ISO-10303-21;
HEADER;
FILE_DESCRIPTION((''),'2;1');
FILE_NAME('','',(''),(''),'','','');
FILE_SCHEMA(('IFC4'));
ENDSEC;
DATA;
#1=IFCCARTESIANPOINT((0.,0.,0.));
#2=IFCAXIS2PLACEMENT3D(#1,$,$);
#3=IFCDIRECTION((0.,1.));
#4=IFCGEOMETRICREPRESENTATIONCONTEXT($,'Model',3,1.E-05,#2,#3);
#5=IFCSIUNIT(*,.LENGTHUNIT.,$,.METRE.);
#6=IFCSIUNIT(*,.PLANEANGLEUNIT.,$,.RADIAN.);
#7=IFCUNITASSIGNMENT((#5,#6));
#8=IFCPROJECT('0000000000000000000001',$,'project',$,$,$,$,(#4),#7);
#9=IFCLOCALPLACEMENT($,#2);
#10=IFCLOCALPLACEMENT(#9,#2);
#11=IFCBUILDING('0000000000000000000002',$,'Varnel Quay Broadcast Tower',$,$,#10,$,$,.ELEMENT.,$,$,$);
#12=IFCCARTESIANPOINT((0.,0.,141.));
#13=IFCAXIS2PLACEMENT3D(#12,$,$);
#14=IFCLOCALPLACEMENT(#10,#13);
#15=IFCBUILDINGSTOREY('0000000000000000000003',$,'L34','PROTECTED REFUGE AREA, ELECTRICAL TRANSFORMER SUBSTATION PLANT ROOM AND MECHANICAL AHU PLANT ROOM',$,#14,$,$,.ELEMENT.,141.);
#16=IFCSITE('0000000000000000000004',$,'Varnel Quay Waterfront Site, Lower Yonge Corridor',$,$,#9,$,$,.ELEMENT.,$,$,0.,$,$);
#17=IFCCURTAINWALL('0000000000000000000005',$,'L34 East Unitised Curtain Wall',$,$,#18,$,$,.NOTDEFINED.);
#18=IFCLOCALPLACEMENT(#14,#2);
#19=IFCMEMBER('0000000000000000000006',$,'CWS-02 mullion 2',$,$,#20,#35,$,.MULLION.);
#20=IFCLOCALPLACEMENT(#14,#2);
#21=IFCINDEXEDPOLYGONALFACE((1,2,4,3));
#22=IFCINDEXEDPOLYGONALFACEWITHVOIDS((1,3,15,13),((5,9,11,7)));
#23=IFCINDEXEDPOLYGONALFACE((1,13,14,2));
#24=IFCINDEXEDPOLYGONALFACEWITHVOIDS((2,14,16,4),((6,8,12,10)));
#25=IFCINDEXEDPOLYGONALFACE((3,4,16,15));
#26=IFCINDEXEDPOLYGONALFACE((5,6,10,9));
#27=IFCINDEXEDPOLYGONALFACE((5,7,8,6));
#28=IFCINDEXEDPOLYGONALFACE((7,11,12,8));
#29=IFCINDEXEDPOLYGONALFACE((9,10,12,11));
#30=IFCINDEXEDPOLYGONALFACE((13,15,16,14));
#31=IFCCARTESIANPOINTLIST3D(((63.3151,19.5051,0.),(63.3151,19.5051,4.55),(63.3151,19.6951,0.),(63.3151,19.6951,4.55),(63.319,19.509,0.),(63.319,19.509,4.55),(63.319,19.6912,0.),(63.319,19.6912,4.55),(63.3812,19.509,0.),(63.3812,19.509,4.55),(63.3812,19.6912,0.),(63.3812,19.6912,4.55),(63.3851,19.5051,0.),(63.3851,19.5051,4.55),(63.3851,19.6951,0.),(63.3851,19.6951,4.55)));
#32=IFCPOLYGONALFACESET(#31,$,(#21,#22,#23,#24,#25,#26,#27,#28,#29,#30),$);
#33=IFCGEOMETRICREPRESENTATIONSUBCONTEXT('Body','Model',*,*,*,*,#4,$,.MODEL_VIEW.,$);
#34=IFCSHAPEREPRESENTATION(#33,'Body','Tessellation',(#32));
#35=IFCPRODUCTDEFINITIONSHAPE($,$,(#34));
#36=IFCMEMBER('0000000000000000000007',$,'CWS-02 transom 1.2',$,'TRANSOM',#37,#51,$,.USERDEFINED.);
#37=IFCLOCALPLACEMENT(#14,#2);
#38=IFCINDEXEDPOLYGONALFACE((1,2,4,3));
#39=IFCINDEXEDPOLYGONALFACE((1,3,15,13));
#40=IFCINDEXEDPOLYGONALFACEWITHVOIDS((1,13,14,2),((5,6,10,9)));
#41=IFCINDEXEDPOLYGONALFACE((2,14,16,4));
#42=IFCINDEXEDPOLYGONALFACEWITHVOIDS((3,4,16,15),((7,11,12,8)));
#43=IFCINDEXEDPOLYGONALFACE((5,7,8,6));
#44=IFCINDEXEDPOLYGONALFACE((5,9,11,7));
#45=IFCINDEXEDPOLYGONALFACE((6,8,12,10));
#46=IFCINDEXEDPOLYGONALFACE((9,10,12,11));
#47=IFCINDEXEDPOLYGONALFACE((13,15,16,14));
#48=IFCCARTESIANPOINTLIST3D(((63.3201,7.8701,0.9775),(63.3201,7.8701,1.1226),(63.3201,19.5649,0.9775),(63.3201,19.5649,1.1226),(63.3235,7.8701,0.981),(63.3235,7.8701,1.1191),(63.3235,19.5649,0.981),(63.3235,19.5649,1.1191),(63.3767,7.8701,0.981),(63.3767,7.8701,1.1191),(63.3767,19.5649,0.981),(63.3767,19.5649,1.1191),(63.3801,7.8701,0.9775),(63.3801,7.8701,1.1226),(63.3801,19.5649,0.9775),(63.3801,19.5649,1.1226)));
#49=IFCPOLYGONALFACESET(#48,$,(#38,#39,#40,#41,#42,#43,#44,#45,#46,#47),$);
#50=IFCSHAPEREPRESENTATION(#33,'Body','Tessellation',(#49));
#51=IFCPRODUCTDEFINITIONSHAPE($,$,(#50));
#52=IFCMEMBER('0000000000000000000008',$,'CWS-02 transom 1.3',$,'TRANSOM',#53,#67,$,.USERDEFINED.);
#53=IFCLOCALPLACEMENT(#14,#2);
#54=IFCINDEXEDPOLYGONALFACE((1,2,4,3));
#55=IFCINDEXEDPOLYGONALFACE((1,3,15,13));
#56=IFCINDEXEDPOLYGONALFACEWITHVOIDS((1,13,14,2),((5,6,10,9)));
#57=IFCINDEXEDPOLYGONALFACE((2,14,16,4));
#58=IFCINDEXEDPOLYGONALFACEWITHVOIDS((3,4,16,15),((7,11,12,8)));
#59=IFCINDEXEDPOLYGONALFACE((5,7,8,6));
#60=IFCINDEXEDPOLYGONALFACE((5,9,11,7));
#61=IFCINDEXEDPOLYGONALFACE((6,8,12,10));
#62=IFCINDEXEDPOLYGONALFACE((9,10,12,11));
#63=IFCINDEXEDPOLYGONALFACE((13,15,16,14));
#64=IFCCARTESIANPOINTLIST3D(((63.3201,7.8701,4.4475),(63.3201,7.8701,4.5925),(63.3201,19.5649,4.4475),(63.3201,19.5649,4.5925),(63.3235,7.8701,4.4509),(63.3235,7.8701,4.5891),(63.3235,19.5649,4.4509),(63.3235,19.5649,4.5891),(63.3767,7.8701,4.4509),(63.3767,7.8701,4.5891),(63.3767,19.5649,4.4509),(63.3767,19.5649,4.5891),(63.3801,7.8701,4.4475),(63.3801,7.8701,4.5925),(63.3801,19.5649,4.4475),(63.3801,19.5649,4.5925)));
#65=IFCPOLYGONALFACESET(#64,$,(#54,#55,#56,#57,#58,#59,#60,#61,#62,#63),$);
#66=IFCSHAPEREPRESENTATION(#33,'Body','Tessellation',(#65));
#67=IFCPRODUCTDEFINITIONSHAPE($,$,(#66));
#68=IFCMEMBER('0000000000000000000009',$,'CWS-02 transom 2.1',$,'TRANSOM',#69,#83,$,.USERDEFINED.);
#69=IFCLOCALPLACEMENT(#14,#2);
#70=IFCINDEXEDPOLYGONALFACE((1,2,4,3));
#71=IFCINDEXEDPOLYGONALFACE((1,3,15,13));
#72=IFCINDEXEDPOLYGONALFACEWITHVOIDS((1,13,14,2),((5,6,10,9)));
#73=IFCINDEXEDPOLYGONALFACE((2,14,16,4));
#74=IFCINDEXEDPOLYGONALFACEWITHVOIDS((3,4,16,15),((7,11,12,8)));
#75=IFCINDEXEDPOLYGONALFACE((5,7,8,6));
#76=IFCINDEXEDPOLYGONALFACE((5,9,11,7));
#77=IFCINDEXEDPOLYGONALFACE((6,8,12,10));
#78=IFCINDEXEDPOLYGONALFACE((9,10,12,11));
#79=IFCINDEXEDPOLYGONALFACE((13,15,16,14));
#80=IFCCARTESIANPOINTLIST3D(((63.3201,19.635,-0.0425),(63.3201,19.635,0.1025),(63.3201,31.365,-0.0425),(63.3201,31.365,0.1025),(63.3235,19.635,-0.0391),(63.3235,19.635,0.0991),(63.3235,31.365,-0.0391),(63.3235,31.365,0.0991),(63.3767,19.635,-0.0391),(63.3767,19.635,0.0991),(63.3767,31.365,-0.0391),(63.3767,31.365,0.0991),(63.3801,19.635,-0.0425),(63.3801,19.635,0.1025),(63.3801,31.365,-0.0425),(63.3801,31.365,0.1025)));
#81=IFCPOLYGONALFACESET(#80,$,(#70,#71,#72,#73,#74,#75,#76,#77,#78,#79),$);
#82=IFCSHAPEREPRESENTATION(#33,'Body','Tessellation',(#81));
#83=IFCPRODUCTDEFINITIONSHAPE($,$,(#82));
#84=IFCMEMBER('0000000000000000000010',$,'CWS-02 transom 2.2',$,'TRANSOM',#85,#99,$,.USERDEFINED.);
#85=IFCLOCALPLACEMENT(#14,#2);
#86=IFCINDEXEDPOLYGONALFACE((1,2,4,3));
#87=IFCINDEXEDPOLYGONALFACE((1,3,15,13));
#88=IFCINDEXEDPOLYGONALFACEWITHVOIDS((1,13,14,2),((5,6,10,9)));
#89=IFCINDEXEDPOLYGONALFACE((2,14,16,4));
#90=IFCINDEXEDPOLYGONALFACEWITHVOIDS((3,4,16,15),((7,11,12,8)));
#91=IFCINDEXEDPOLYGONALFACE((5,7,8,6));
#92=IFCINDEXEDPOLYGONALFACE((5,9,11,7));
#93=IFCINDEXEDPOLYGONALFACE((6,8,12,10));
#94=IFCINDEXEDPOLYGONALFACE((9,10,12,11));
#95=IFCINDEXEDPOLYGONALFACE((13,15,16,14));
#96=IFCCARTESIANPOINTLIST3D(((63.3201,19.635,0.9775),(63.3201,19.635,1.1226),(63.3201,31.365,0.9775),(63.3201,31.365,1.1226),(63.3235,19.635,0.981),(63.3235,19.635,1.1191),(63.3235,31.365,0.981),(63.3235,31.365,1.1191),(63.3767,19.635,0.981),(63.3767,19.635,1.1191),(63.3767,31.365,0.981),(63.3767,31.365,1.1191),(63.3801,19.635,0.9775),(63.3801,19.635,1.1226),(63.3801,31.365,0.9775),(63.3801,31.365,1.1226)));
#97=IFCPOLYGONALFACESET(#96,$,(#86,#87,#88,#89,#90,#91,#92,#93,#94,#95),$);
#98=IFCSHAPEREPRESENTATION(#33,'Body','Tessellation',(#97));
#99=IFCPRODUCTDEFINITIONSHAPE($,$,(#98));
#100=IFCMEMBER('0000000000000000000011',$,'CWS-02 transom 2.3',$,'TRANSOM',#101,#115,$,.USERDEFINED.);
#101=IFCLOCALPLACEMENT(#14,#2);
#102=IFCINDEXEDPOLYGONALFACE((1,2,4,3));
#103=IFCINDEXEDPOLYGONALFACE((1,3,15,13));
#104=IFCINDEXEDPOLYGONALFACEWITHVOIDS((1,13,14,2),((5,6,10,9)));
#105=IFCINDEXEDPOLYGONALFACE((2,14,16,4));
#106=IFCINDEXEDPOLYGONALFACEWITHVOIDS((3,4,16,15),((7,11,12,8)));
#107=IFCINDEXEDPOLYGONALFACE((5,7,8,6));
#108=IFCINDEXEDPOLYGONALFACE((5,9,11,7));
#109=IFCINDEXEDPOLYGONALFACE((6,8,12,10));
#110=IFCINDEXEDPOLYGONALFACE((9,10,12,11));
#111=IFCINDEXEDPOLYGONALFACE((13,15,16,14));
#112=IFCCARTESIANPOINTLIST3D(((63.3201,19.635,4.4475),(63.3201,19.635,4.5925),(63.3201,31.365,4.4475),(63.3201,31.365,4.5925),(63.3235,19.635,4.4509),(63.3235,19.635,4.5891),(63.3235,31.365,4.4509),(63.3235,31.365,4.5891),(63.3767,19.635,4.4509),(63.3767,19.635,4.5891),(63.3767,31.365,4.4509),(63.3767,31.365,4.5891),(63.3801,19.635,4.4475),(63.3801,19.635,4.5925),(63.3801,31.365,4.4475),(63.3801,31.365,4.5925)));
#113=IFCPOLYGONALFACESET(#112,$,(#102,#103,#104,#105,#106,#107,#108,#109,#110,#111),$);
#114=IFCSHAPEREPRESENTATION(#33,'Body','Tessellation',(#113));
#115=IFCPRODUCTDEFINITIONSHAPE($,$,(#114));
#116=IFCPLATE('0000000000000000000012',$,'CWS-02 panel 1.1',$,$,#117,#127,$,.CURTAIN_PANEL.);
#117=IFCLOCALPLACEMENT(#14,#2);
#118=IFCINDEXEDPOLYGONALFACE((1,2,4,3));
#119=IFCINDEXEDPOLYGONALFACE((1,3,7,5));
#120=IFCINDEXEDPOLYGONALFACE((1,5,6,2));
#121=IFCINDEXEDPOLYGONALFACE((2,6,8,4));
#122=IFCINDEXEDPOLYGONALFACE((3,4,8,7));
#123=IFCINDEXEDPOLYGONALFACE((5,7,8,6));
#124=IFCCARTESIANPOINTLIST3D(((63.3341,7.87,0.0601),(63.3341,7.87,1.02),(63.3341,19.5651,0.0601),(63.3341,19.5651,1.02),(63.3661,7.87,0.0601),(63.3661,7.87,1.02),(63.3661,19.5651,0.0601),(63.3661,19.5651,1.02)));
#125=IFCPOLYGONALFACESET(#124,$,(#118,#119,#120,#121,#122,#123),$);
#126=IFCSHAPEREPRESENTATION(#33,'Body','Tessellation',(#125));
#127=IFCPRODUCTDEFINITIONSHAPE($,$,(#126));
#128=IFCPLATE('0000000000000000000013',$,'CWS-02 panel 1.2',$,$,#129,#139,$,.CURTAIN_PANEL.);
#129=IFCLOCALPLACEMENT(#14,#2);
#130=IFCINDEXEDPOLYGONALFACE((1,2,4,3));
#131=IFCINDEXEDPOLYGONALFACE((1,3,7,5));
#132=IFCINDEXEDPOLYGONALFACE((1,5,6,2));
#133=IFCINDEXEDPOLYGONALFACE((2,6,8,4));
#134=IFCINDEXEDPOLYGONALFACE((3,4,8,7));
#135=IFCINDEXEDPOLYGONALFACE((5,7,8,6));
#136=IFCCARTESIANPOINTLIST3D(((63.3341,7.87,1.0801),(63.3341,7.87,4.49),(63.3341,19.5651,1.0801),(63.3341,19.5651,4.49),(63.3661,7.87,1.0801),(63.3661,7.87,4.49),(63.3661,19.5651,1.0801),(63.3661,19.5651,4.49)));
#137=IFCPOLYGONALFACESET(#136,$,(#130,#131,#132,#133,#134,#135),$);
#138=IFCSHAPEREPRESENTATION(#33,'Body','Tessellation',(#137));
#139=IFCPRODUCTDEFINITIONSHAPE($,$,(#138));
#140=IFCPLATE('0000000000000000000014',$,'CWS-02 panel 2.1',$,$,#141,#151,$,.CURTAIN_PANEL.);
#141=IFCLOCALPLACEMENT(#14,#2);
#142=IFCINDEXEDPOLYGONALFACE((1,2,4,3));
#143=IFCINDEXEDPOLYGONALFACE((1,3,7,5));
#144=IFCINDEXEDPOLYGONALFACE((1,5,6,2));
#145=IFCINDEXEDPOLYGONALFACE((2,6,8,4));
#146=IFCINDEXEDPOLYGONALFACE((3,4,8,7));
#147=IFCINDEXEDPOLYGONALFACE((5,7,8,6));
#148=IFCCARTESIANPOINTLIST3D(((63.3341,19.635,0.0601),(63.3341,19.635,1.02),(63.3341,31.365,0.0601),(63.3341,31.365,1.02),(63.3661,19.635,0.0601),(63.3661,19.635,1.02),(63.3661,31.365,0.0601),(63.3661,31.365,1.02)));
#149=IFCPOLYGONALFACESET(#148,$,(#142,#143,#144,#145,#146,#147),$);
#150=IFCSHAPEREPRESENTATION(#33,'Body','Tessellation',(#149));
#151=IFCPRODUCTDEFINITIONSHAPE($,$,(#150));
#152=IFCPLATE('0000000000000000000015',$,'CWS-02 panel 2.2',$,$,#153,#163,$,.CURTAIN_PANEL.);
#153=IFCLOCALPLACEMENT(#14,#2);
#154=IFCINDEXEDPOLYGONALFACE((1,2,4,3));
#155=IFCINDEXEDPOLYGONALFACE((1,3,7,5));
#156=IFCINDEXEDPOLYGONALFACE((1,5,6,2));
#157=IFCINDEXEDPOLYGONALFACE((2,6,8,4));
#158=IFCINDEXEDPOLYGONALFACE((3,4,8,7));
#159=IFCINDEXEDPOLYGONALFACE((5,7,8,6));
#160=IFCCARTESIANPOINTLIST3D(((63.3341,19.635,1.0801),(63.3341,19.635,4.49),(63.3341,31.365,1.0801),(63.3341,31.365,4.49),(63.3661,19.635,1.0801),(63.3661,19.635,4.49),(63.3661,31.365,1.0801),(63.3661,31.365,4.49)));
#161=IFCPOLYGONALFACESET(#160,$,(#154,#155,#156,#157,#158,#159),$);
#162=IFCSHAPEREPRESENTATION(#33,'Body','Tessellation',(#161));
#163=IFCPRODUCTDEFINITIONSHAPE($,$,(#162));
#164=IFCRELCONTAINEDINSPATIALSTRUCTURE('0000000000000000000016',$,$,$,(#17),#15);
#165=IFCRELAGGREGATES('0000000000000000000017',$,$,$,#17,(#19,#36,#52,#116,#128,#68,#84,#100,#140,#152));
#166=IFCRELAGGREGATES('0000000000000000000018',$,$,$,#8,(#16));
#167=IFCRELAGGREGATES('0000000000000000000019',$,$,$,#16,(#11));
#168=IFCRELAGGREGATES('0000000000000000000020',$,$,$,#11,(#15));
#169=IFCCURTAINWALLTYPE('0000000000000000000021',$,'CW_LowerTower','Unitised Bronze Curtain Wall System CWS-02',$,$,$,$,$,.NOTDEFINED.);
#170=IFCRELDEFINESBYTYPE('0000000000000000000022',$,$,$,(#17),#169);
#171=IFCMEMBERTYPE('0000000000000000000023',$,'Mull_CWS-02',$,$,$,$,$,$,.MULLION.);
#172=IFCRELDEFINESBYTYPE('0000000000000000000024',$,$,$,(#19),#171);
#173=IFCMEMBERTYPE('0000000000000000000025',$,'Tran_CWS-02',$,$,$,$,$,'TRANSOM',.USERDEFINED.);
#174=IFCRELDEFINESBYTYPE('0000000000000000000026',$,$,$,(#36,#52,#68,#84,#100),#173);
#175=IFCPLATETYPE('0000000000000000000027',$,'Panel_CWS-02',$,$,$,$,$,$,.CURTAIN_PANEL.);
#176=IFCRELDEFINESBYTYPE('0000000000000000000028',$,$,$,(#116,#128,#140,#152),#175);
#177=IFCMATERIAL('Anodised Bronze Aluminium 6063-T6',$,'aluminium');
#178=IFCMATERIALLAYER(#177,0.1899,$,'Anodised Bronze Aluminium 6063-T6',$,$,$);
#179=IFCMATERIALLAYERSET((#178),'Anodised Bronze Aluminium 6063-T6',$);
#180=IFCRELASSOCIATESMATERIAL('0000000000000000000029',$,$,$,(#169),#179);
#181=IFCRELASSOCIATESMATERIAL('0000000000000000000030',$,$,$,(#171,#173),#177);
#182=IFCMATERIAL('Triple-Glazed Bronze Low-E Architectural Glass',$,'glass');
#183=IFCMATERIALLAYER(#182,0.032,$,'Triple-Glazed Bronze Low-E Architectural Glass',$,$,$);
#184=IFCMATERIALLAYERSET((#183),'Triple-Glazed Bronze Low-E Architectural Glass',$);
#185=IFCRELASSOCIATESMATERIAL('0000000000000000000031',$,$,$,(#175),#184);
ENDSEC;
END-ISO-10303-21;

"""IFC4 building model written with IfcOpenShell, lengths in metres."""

from ifc_helpers import new_model, si_unit, direction, frame, origin, origin_2d, place, context, subcontext, project, spatial, rectangle, hollow_rectangle, extrude, source, transform, mapped, material, layer, layer_set, material_profile, profile_set, type_object, type_shapes, element, aggregate, save


model = new_model("IFC4")

# Units and contexts
model_context = context("Model", 3, precision=1e-05, world=origin(), true_north=direction((0.0, 1.0)))
body_context = subcontext(model_context, "Body", "Model", "MODEL_VIEW")
ifc_project = project(units=[si_unit("LENGTHUNIT", "METRE"), si_unit("PLANEANGLEUNIT", "RADIAN")], contexts=[model_context])

# Site, building, storey
site_placement = place(None, origin())
site = spatial("IfcSite", under=ifc_project, at=site_placement, Name="Varnel Quay Waterfront Site, Lower Yonge Corridor", CompositionType="ELEMENT", RefElevation=0.0)
building_placement = place(site_placement, origin())
building = spatial("IfcBuilding", under=site, at=building_placement, Name="Varnel Quay Broadcast Tower", CompositionType="ELEMENT")
storey_placement = place(building_placement, frame((0.0, 0.0, 141.0)))
storey = spatial("IfcBuildingStorey", under=building, at=storey_placement, Name="L34", Description="PROTECTED REFUGE AREA, ELECTRICAL TRANSFORMER SUBSTATION PLANT ROOM AND MECHANICAL AHU PLANT ROOM", CompositionType="ELEMENT", Elevation=141.0)

# Curtain wall, members, plates
ifc_material_1 = material(Name="Anodised Bronze Aluminium 6063-T6", Category="aluminium")
ifc_layer_1 = layer(ifc_material_1, 0.1899, Name="Anodised Bronze Aluminium 6063-T6")
ifc_layer_set_1 = layer_set([ifc_layer_1], Name="Anodised Bronze Aluminium 6063-T6")
curtain_wall_type = type_object("IfcCurtainWallType", Name="CW_LowerTower", Description="Unitised Bronze Curtain Wall System CWS-02", PredefinedType="NOTDEFINED", material=ifc_layer_set_1)
curtain_wall_placement = place(storey_placement, origin())
curtain_wall = element("IfcCurtainWall", 1, at=curtain_wall_placement, inside=storey, type_object=curtain_wall_type, Name="L34 East Unitised Curtain Wall", PredefinedType="NOTDEFINED")
ifc_material_profile_1 = material_profile(ifc_material_1, hollow_rectangle(XDim=0.0701, YDim=0.1899, WallThickness=0.0039, at=origin_2d()), Name="ALU70X190X4")
ifc_profile_set_1 = profile_set([ifc_material_profile_1], Name="Anodised Bronze Aluminium 6063-T6")
member_type_1 = type_object("IfcMemberType", Name="Mull_CWS-02", PredefinedType="MULLION", material=ifc_profile_set_1)
shared_shape_1 = source(origin(), body_context, "Body", "SweptSolid", [
    extrude(hollow_rectangle(XDim=0.0701, YDim=0.1899, WallThickness=0.0039, at=origin_2d()), origin(), (0.0, 0.0, 1.0), 4.55),
])
type_shapes(member_type_1, [shared_shape_1])
member_1_placement = place(storey_placement, frame((63.3501, 19.6001, 0.0), z_axis=(0.0, 0.0, 1.0), x_axis=(-1.0, 0.0, 0.0)))
member_1 = element("IfcMember", 2, at=member_1_placement, type_object=member_type_1, Name="CWS-02 mullion 2", PredefinedType="MULLION", context=body_context, shape_type="MappedRepresentation", body=[
    mapped(shared_shape_1, transform((0.0, 0.0, 0.0), x_axis=(1.0, 0.0, 0.0), y_axis=(0.0, 1.0, 0.0), z_axis=(0.0, 0.0, 1.0), scale=1.0)),
])
ifc_material_profile_2 = material_profile(ifc_material_1, hollow_rectangle(XDim=0.0601, YDim=0.145, WallThickness=0.0034, at=origin_2d()), Name="ALU60X145X3.5")
ifc_profile_set_2 = profile_set([ifc_material_profile_2], Name="Anodised Bronze Aluminium 6063-T6")
member_type_2 = type_object("IfcMemberType", Name="Tran_CWS-02", ElementType="TRANSOM", PredefinedType="USERDEFINED", material=ifc_profile_set_2)
shared_shape_2 = source(origin(), body_context, "Body", "SweptSolid", [
    extrude(hollow_rectangle(XDim=0.0601, YDim=0.145, WallThickness=0.0034, at=origin_2d()), origin(), (0.0, 0.0, 1.0), 11.6948),
])
member_2_placement = place(storey_placement, frame((63.3501, 7.8701, 1.05), z_axis=(0.0, 1.0, 0.0), x_axis=(-1.0, 0.0, 0.0)))
member_2 = element("IfcMember", 3, at=member_2_placement, type_object=member_type_2, Name="CWS-02 transom 1.2", ObjectType="TRANSOM", PredefinedType="USERDEFINED", context=body_context, shape_type="MappedRepresentation", body=[
    mapped(shared_shape_2, transform((0.0, 0.0, 0.0), x_axis=(1.0, 0.0, 0.0), y_axis=(0.0, 1.0, 0.0), z_axis=(0.0, 0.0, 1.0), scale=1.0)),
])
member_3_placement = place(storey_placement, frame((63.3501, 7.8701, 4.52), z_axis=(0.0, 1.0, 0.0), x_axis=(-1.0, 0.0, 0.0)))
member_3 = element("IfcMember", 4, at=member_3_placement, type_object=member_type_2, Name="CWS-02 transom 1.3", ObjectType="TRANSOM", PredefinedType="USERDEFINED", context=body_context, shape_type="MappedRepresentation", body=[
    mapped(shared_shape_2, transform((0.0, 0.0, 0.0), x_axis=(1.0, 0.0, 0.0), y_axis=(0.0, 1.0, 0.0), z_axis=(0.0, 0.0, 1.0), scale=1.0)),
])
shared_shape_3 = source(origin(), body_context, "Body", "SweptSolid", [
    extrude(hollow_rectangle(XDim=0.0601, YDim=0.145, WallThickness=0.0034, at=origin_2d()), origin(), (0.0, 0.0, 1.0), 11.73),
])
type_shapes(member_type_2, [shared_shape_2, shared_shape_3])
member_4_placement = place(storey_placement, frame((63.3501, 19.635, 0.03), z_axis=(0.0, 1.0, 0.0), x_axis=(-1.0, 0.0, 0.0)))
member_4 = element("IfcMember", 5, at=member_4_placement, type_object=member_type_2, Name="CWS-02 transom 2.1", ObjectType="TRANSOM", PredefinedType="USERDEFINED", context=body_context, shape_type="MappedRepresentation", body=[
    mapped(shared_shape_3, transform((0.0, 0.0, 0.0), x_axis=(1.0, 0.0, 0.0), y_axis=(0.0, 1.0, 0.0), z_axis=(0.0, 0.0, 1.0), scale=1.0)),
])
member_5_placement = place(storey_placement, frame((63.3501, 19.635, 1.05), z_axis=(0.0, 1.0, 0.0), x_axis=(-1.0, 0.0, 0.0)))
member_5 = element("IfcMember", 6, at=member_5_placement, type_object=member_type_2, Name="CWS-02 transom 2.2", ObjectType="TRANSOM", PredefinedType="USERDEFINED", context=body_context, shape_type="MappedRepresentation", body=[
    mapped(shared_shape_3, transform((0.0, 0.0, 0.0), x_axis=(1.0, 0.0, 0.0), y_axis=(0.0, 1.0, 0.0), z_axis=(0.0, 0.0, 1.0), scale=1.0)),
])
member_6_placement = place(storey_placement, frame((63.3501, 19.635, 4.52), z_axis=(0.0, 1.0, 0.0), x_axis=(-1.0, 0.0, 0.0)))
member_6 = element("IfcMember", 7, at=member_6_placement, type_object=member_type_2, Name="CWS-02 transom 2.3", ObjectType="TRANSOM", PredefinedType="USERDEFINED", context=body_context, shape_type="MappedRepresentation", body=[
    mapped(shared_shape_3, transform((0.0, 0.0, 0.0), x_axis=(1.0, 0.0, 0.0), y_axis=(0.0, 1.0, 0.0), z_axis=(0.0, 0.0, 1.0), scale=1.0)),
])
ifc_material_2 = material(Name="Triple-Glazed Bronze Low-E Architectural Glass", Category="glass")
ifc_layer_2 = layer(ifc_material_2, 0.032, Name="Triple-Glazed Bronze Low-E Architectural Glass")
ifc_layer_set_2 = layer_set([ifc_layer_2], Name="Triple-Glazed Bronze Low-E Architectural Glass")
plate_type = type_object("IfcPlateType", Name="Panel_CWS-02", PredefinedType="CURTAIN_PANEL", material=ifc_layer_set_2)
shared_shape_4 = source(origin(), body_context, "Body", "SweptSolid", [
    extrude(rectangle(XDim=11.6951, YDim=0.032, at=origin_2d()), origin(), (0.0, 0.0, 1.0), 0.96),
])
plate_1_placement = place(storey_placement, frame((63.3501, 13.7175, 0.0601), z_axis=(0.0, 0.0, 1.0), x_axis=(0.0, 1.0, 0.0)))
plate_1 = element("IfcPlate", 8, at=plate_1_placement, type_object=plate_type, Name="CWS-02 panel 1.1", PredefinedType="CURTAIN_PANEL", context=body_context, shape_type="MappedRepresentation", body=[
    mapped(shared_shape_4, transform((0.0, 0.0, 0.0), x_axis=(1.0, 0.0, 0.0), y_axis=(0.0, 1.0, 0.0), z_axis=(0.0, 0.0, 1.0), scale=1.0)),
])
shared_shape_5 = source(origin(), body_context, "Body", "SweptSolid", [
    extrude(rectangle(XDim=11.6951, YDim=0.032, at=origin_2d()), origin(), (0.0, 0.0, 1.0), 3.4099),
])
plate_2_placement = place(storey_placement, frame((63.3501, 13.7175, 1.0801), z_axis=(0.0, 0.0, 1.0), x_axis=(0.0, 1.0, 0.0)))
plate_2 = element("IfcPlate", 9, at=plate_2_placement, type_object=plate_type, Name="CWS-02 panel 1.2", PredefinedType="CURTAIN_PANEL", context=body_context, shape_type="MappedRepresentation", body=[
    mapped(shared_shape_5, transform((0.0, 0.0, 0.0), x_axis=(1.0, 0.0, 0.0), y_axis=(0.0, 1.0, 0.0), z_axis=(0.0, 0.0, 1.0), scale=1.0)),
])
shared_shape_6 = source(origin(), body_context, "Body", "SweptSolid", [
    extrude(rectangle(XDim=11.73, YDim=0.032, at=origin_2d()), origin(), (0.0, 0.0, 1.0), 0.96),
])
plate_3_placement = place(storey_placement, frame((63.3501, 25.5, 0.0601), z_axis=(0.0, 0.0, 1.0), x_axis=(0.0, 1.0, 0.0)))
plate_3 = element("IfcPlate", 10, at=plate_3_placement, type_object=plate_type, Name="CWS-02 panel 2.1", PredefinedType="CURTAIN_PANEL", context=body_context, shape_type="MappedRepresentation", body=[
    mapped(shared_shape_6, transform((0.0, 0.0, 0.0), x_axis=(1.0, 0.0, 0.0), y_axis=(0.0, 1.0, 0.0), z_axis=(0.0, 0.0, 1.0), scale=1.0)),
])
shared_shape_7 = source(origin(), body_context, "Body", "SweptSolid", [
    extrude(rectangle(XDim=11.73, YDim=0.032, at=origin_2d()), origin(), (0.0, 0.0, 1.0), 3.4099),
])
type_shapes(plate_type, [shared_shape_4, shared_shape_5, shared_shape_6, shared_shape_7])
plate_4_placement = place(storey_placement, frame((63.3501, 25.5, 1.0801), z_axis=(0.0, 0.0, 1.0), x_axis=(0.0, 1.0, 0.0)))
plate_4 = element("IfcPlate", 11, at=plate_4_placement, type_object=plate_type, Name="CWS-02 panel 2.2", PredefinedType="CURTAIN_PANEL", context=body_context, shape_type="MappedRepresentation", body=[
    mapped(shared_shape_7, transform((0.0, 0.0, 0.0), x_axis=(1.0, 0.0, 0.0), y_axis=(0.0, 1.0, 0.0), z_axis=(0.0, 0.0, 1.0), scale=1.0)),
])
aggregate(curtain_wall, [member_1, member_2, member_3, plate_1, plate_2, member_4, member_5, member_6, plate_3, plate_4])

save(model, "model.ifc")
